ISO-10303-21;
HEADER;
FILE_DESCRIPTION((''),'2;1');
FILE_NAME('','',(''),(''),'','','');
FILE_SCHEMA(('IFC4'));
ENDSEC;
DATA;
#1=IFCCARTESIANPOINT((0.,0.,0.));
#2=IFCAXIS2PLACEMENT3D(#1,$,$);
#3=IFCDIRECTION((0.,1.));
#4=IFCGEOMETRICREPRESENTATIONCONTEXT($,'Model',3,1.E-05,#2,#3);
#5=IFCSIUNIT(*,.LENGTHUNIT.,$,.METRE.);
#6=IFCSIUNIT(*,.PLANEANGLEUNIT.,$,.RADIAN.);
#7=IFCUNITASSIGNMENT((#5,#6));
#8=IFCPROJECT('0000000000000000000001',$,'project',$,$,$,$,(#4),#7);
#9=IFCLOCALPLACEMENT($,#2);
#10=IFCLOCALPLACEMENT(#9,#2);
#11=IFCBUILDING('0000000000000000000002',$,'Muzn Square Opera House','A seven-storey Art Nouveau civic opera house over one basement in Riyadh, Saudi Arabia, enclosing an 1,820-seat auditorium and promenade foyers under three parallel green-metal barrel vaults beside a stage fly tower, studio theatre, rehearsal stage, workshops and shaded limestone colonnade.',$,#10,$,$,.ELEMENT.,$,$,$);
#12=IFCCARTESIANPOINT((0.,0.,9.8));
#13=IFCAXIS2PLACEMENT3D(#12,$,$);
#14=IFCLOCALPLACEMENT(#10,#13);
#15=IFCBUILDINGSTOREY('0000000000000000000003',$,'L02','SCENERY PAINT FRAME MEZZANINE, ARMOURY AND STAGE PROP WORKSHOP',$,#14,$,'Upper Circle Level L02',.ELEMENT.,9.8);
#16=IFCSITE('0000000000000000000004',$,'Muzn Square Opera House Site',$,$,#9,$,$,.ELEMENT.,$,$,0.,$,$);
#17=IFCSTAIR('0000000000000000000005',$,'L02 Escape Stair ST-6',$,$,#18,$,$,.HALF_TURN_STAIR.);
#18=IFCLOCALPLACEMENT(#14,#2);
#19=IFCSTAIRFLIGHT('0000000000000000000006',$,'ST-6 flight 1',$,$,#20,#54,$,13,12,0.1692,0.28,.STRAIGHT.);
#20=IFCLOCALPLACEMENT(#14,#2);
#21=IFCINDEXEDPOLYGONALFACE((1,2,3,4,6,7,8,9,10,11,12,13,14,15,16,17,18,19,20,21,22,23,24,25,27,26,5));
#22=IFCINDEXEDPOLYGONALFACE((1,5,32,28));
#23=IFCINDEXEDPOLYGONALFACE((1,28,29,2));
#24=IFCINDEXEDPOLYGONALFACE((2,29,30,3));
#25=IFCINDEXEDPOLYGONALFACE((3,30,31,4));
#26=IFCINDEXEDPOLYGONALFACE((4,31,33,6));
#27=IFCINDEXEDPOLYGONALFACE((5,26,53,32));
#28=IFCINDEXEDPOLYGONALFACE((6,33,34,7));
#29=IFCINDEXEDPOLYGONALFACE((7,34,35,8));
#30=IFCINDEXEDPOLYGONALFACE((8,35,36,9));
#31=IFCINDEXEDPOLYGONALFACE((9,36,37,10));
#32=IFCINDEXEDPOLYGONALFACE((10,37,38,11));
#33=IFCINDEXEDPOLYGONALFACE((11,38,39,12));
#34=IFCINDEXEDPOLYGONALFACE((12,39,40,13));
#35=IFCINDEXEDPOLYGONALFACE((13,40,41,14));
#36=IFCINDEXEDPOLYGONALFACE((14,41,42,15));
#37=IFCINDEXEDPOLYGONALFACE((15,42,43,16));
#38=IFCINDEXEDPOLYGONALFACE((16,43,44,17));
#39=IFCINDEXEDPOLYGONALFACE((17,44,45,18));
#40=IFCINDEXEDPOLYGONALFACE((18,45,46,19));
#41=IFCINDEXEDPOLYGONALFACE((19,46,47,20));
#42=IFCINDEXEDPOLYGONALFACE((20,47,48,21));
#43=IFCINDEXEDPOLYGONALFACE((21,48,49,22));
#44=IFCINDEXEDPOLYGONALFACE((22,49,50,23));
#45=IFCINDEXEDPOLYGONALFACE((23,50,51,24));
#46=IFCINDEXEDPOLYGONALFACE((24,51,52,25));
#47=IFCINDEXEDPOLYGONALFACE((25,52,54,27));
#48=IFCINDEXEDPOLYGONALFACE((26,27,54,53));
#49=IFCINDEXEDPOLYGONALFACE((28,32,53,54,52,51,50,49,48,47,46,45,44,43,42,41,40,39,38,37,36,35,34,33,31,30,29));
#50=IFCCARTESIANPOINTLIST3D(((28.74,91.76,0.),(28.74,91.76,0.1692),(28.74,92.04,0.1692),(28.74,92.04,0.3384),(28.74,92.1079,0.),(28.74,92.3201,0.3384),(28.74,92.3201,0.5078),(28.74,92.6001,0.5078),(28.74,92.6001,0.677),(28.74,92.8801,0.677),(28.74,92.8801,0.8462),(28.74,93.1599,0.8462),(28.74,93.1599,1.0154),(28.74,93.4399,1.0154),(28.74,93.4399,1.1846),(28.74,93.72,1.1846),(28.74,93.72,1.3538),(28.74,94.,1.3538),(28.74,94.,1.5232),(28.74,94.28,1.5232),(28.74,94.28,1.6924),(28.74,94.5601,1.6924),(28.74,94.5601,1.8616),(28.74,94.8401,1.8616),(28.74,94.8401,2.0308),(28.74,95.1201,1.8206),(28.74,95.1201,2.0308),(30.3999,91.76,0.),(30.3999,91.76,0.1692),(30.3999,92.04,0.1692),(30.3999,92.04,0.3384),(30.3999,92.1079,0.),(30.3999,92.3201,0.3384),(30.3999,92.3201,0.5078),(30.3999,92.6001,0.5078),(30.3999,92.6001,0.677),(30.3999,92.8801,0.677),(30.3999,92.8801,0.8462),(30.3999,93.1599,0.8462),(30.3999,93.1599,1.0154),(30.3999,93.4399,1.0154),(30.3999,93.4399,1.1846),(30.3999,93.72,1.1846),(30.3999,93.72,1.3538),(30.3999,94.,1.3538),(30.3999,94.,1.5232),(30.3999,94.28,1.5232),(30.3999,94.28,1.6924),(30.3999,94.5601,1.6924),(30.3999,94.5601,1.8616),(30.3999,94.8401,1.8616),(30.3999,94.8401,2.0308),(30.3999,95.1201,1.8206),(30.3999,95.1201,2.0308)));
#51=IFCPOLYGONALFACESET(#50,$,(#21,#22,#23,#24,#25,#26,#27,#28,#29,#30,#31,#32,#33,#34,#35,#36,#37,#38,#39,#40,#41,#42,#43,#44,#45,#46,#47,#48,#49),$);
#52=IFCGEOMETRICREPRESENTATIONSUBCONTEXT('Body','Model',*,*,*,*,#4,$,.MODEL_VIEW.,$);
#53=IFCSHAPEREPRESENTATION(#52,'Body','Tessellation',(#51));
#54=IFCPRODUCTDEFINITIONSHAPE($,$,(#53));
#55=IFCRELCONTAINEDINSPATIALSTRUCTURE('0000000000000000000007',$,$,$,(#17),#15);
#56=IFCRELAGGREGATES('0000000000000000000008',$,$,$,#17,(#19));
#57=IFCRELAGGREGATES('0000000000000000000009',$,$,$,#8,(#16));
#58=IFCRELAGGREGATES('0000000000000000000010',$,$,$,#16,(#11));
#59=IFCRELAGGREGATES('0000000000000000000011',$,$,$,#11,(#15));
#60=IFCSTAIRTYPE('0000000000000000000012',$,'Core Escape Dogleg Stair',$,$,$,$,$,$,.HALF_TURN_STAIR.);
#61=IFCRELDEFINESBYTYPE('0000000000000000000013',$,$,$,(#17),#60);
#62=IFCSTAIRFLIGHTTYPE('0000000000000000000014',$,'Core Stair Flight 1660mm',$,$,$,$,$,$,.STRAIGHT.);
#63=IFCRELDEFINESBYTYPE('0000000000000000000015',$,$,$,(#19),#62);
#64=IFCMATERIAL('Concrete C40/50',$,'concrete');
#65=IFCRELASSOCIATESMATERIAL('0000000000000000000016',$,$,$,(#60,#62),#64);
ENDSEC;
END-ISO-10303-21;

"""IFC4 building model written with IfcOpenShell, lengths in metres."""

from ifc_helpers import new_model, si_unit, direction, frame, origin, place, context, subcontext, project, spatial, polyline, outline, extrude, material, type_object, element, aggregate, save


model = new_model("IFC4")

# Units and contexts
model_context = context("Model", 3, precision=1e-05, world=origin(), true_north=direction((0.0, 1.0)))
body_context = subcontext(model_context, "Body", "Model", "MODEL_VIEW")
ifc_project = project(units=[si_unit("LENGTHUNIT", "METRE"), si_unit("PLANEANGLEUNIT", "RADIAN")], contexts=[model_context])

# Site, building, storey
site_placement = place(None, origin())
site = spatial("IfcSite", under=ifc_project, at=site_placement, Name="Muzn Square Opera House Site", CompositionType="ELEMENT", RefElevation=0.0)
building_placement = place(site_placement, origin())
building = spatial("IfcBuilding", under=site, at=building_placement, Name="Muzn Square Opera House", Description="A seven-storey Art Nouveau civic opera house over one basement in Riyadh, Saudi Arabia, enclosing an 1,820-seat auditorium and promenade foyers under three parallel green-metal barrel vaults beside a stage fly tower, studio theatre, rehearsal stage, workshops and shaded limestone colonnade.", CompositionType="ELEMENT")
storey_placement = place(building_placement, frame((0.0, 0.0, 9.8)))
storey = spatial("IfcBuildingStorey", under=building, at=storey_placement, Name="L02", Description="SCENERY PAINT FRAME MEZZANINE, ARMOURY AND STAGE PROP WORKSHOP", LongName="Upper Circle Level L02", CompositionType="ELEMENT", Elevation=9.8)

# Shared definitions
ifc_material_1 = material(Name="Concrete C40/50", Category="concrete")

# Stair, stair flight
stair_type = type_object("IfcStairType", Name="Core Escape Dogleg Stair", PredefinedType="HALF_TURN_STAIR", material=ifc_material_1)
stair_placement = place(storey_placement, origin())
stair = element("IfcStair", 1, at=stair_placement, inside=storey, type_object=stair_type, Name="L02 Escape Stair ST-6", PredefinedType="HALF_TURN_STAIR")
stair_flight_type = type_object("IfcStairFlightType", Name="Core Stair Flight 1660mm", PredefinedType="STRAIGHT", material=ifc_material_1)
stair_flight_placement = place(storey_placement, frame((29.5701, 91.76, 0.0), z_axis=(0.0, 0.0, 1.0), x_axis=(0.0, 1.0, 0.0)))
stair_flight = element("IfcStairFlight", 2, at=stair_flight_placement, type_object=stair_flight_type, Name="ST-6 flight 1", NumberOfRisers=13, NumberOfTreads=12, PredefinedType="STRAIGHT", RiserHeight=0.1692, TreadLength=0.28, context=body_context, shape_type="SweptSolid", body=[
    extrude(outline(polyline([(0.0, 0.0), (0.0, 0.1692), (0.28, 0.1692), (0.28, 0.3384), (0.5601, 0.3384), (0.5601, 0.5078), (0.8401, 0.5078), (0.8401, 0.677), (1.1201, 0.677), (1.1201, 0.8462), (1.3999, 0.8462), (1.3999, 1.0154), (1.6799, 1.0154), (1.6799, 1.1846), (1.96, 1.1846), (1.96, 1.3538), (2.24, 1.3538), (2.24, 1.5232), (2.52, 1.5232), (2.52, 1.6924), (2.8, 1.6924), (2.8, 1.8616), (3.0801, 1.8616), (3.0801, 2.0308), (3.3601, 2.0308), (3.3601, 2.2), (3.3601, 1.8206), (0.3479, 0.0), (0.0, 0.0)])), frame((0.0, 0.8301, 0.0), z_axis=(0.0, -1.0, 0.0), x_axis=(1.0, 0.0, 0.0)), (0.0, 0.0, 1.0), 1.6599),
])
aggregate(stair, [stair_flight])

save(model, "model.ifc")
